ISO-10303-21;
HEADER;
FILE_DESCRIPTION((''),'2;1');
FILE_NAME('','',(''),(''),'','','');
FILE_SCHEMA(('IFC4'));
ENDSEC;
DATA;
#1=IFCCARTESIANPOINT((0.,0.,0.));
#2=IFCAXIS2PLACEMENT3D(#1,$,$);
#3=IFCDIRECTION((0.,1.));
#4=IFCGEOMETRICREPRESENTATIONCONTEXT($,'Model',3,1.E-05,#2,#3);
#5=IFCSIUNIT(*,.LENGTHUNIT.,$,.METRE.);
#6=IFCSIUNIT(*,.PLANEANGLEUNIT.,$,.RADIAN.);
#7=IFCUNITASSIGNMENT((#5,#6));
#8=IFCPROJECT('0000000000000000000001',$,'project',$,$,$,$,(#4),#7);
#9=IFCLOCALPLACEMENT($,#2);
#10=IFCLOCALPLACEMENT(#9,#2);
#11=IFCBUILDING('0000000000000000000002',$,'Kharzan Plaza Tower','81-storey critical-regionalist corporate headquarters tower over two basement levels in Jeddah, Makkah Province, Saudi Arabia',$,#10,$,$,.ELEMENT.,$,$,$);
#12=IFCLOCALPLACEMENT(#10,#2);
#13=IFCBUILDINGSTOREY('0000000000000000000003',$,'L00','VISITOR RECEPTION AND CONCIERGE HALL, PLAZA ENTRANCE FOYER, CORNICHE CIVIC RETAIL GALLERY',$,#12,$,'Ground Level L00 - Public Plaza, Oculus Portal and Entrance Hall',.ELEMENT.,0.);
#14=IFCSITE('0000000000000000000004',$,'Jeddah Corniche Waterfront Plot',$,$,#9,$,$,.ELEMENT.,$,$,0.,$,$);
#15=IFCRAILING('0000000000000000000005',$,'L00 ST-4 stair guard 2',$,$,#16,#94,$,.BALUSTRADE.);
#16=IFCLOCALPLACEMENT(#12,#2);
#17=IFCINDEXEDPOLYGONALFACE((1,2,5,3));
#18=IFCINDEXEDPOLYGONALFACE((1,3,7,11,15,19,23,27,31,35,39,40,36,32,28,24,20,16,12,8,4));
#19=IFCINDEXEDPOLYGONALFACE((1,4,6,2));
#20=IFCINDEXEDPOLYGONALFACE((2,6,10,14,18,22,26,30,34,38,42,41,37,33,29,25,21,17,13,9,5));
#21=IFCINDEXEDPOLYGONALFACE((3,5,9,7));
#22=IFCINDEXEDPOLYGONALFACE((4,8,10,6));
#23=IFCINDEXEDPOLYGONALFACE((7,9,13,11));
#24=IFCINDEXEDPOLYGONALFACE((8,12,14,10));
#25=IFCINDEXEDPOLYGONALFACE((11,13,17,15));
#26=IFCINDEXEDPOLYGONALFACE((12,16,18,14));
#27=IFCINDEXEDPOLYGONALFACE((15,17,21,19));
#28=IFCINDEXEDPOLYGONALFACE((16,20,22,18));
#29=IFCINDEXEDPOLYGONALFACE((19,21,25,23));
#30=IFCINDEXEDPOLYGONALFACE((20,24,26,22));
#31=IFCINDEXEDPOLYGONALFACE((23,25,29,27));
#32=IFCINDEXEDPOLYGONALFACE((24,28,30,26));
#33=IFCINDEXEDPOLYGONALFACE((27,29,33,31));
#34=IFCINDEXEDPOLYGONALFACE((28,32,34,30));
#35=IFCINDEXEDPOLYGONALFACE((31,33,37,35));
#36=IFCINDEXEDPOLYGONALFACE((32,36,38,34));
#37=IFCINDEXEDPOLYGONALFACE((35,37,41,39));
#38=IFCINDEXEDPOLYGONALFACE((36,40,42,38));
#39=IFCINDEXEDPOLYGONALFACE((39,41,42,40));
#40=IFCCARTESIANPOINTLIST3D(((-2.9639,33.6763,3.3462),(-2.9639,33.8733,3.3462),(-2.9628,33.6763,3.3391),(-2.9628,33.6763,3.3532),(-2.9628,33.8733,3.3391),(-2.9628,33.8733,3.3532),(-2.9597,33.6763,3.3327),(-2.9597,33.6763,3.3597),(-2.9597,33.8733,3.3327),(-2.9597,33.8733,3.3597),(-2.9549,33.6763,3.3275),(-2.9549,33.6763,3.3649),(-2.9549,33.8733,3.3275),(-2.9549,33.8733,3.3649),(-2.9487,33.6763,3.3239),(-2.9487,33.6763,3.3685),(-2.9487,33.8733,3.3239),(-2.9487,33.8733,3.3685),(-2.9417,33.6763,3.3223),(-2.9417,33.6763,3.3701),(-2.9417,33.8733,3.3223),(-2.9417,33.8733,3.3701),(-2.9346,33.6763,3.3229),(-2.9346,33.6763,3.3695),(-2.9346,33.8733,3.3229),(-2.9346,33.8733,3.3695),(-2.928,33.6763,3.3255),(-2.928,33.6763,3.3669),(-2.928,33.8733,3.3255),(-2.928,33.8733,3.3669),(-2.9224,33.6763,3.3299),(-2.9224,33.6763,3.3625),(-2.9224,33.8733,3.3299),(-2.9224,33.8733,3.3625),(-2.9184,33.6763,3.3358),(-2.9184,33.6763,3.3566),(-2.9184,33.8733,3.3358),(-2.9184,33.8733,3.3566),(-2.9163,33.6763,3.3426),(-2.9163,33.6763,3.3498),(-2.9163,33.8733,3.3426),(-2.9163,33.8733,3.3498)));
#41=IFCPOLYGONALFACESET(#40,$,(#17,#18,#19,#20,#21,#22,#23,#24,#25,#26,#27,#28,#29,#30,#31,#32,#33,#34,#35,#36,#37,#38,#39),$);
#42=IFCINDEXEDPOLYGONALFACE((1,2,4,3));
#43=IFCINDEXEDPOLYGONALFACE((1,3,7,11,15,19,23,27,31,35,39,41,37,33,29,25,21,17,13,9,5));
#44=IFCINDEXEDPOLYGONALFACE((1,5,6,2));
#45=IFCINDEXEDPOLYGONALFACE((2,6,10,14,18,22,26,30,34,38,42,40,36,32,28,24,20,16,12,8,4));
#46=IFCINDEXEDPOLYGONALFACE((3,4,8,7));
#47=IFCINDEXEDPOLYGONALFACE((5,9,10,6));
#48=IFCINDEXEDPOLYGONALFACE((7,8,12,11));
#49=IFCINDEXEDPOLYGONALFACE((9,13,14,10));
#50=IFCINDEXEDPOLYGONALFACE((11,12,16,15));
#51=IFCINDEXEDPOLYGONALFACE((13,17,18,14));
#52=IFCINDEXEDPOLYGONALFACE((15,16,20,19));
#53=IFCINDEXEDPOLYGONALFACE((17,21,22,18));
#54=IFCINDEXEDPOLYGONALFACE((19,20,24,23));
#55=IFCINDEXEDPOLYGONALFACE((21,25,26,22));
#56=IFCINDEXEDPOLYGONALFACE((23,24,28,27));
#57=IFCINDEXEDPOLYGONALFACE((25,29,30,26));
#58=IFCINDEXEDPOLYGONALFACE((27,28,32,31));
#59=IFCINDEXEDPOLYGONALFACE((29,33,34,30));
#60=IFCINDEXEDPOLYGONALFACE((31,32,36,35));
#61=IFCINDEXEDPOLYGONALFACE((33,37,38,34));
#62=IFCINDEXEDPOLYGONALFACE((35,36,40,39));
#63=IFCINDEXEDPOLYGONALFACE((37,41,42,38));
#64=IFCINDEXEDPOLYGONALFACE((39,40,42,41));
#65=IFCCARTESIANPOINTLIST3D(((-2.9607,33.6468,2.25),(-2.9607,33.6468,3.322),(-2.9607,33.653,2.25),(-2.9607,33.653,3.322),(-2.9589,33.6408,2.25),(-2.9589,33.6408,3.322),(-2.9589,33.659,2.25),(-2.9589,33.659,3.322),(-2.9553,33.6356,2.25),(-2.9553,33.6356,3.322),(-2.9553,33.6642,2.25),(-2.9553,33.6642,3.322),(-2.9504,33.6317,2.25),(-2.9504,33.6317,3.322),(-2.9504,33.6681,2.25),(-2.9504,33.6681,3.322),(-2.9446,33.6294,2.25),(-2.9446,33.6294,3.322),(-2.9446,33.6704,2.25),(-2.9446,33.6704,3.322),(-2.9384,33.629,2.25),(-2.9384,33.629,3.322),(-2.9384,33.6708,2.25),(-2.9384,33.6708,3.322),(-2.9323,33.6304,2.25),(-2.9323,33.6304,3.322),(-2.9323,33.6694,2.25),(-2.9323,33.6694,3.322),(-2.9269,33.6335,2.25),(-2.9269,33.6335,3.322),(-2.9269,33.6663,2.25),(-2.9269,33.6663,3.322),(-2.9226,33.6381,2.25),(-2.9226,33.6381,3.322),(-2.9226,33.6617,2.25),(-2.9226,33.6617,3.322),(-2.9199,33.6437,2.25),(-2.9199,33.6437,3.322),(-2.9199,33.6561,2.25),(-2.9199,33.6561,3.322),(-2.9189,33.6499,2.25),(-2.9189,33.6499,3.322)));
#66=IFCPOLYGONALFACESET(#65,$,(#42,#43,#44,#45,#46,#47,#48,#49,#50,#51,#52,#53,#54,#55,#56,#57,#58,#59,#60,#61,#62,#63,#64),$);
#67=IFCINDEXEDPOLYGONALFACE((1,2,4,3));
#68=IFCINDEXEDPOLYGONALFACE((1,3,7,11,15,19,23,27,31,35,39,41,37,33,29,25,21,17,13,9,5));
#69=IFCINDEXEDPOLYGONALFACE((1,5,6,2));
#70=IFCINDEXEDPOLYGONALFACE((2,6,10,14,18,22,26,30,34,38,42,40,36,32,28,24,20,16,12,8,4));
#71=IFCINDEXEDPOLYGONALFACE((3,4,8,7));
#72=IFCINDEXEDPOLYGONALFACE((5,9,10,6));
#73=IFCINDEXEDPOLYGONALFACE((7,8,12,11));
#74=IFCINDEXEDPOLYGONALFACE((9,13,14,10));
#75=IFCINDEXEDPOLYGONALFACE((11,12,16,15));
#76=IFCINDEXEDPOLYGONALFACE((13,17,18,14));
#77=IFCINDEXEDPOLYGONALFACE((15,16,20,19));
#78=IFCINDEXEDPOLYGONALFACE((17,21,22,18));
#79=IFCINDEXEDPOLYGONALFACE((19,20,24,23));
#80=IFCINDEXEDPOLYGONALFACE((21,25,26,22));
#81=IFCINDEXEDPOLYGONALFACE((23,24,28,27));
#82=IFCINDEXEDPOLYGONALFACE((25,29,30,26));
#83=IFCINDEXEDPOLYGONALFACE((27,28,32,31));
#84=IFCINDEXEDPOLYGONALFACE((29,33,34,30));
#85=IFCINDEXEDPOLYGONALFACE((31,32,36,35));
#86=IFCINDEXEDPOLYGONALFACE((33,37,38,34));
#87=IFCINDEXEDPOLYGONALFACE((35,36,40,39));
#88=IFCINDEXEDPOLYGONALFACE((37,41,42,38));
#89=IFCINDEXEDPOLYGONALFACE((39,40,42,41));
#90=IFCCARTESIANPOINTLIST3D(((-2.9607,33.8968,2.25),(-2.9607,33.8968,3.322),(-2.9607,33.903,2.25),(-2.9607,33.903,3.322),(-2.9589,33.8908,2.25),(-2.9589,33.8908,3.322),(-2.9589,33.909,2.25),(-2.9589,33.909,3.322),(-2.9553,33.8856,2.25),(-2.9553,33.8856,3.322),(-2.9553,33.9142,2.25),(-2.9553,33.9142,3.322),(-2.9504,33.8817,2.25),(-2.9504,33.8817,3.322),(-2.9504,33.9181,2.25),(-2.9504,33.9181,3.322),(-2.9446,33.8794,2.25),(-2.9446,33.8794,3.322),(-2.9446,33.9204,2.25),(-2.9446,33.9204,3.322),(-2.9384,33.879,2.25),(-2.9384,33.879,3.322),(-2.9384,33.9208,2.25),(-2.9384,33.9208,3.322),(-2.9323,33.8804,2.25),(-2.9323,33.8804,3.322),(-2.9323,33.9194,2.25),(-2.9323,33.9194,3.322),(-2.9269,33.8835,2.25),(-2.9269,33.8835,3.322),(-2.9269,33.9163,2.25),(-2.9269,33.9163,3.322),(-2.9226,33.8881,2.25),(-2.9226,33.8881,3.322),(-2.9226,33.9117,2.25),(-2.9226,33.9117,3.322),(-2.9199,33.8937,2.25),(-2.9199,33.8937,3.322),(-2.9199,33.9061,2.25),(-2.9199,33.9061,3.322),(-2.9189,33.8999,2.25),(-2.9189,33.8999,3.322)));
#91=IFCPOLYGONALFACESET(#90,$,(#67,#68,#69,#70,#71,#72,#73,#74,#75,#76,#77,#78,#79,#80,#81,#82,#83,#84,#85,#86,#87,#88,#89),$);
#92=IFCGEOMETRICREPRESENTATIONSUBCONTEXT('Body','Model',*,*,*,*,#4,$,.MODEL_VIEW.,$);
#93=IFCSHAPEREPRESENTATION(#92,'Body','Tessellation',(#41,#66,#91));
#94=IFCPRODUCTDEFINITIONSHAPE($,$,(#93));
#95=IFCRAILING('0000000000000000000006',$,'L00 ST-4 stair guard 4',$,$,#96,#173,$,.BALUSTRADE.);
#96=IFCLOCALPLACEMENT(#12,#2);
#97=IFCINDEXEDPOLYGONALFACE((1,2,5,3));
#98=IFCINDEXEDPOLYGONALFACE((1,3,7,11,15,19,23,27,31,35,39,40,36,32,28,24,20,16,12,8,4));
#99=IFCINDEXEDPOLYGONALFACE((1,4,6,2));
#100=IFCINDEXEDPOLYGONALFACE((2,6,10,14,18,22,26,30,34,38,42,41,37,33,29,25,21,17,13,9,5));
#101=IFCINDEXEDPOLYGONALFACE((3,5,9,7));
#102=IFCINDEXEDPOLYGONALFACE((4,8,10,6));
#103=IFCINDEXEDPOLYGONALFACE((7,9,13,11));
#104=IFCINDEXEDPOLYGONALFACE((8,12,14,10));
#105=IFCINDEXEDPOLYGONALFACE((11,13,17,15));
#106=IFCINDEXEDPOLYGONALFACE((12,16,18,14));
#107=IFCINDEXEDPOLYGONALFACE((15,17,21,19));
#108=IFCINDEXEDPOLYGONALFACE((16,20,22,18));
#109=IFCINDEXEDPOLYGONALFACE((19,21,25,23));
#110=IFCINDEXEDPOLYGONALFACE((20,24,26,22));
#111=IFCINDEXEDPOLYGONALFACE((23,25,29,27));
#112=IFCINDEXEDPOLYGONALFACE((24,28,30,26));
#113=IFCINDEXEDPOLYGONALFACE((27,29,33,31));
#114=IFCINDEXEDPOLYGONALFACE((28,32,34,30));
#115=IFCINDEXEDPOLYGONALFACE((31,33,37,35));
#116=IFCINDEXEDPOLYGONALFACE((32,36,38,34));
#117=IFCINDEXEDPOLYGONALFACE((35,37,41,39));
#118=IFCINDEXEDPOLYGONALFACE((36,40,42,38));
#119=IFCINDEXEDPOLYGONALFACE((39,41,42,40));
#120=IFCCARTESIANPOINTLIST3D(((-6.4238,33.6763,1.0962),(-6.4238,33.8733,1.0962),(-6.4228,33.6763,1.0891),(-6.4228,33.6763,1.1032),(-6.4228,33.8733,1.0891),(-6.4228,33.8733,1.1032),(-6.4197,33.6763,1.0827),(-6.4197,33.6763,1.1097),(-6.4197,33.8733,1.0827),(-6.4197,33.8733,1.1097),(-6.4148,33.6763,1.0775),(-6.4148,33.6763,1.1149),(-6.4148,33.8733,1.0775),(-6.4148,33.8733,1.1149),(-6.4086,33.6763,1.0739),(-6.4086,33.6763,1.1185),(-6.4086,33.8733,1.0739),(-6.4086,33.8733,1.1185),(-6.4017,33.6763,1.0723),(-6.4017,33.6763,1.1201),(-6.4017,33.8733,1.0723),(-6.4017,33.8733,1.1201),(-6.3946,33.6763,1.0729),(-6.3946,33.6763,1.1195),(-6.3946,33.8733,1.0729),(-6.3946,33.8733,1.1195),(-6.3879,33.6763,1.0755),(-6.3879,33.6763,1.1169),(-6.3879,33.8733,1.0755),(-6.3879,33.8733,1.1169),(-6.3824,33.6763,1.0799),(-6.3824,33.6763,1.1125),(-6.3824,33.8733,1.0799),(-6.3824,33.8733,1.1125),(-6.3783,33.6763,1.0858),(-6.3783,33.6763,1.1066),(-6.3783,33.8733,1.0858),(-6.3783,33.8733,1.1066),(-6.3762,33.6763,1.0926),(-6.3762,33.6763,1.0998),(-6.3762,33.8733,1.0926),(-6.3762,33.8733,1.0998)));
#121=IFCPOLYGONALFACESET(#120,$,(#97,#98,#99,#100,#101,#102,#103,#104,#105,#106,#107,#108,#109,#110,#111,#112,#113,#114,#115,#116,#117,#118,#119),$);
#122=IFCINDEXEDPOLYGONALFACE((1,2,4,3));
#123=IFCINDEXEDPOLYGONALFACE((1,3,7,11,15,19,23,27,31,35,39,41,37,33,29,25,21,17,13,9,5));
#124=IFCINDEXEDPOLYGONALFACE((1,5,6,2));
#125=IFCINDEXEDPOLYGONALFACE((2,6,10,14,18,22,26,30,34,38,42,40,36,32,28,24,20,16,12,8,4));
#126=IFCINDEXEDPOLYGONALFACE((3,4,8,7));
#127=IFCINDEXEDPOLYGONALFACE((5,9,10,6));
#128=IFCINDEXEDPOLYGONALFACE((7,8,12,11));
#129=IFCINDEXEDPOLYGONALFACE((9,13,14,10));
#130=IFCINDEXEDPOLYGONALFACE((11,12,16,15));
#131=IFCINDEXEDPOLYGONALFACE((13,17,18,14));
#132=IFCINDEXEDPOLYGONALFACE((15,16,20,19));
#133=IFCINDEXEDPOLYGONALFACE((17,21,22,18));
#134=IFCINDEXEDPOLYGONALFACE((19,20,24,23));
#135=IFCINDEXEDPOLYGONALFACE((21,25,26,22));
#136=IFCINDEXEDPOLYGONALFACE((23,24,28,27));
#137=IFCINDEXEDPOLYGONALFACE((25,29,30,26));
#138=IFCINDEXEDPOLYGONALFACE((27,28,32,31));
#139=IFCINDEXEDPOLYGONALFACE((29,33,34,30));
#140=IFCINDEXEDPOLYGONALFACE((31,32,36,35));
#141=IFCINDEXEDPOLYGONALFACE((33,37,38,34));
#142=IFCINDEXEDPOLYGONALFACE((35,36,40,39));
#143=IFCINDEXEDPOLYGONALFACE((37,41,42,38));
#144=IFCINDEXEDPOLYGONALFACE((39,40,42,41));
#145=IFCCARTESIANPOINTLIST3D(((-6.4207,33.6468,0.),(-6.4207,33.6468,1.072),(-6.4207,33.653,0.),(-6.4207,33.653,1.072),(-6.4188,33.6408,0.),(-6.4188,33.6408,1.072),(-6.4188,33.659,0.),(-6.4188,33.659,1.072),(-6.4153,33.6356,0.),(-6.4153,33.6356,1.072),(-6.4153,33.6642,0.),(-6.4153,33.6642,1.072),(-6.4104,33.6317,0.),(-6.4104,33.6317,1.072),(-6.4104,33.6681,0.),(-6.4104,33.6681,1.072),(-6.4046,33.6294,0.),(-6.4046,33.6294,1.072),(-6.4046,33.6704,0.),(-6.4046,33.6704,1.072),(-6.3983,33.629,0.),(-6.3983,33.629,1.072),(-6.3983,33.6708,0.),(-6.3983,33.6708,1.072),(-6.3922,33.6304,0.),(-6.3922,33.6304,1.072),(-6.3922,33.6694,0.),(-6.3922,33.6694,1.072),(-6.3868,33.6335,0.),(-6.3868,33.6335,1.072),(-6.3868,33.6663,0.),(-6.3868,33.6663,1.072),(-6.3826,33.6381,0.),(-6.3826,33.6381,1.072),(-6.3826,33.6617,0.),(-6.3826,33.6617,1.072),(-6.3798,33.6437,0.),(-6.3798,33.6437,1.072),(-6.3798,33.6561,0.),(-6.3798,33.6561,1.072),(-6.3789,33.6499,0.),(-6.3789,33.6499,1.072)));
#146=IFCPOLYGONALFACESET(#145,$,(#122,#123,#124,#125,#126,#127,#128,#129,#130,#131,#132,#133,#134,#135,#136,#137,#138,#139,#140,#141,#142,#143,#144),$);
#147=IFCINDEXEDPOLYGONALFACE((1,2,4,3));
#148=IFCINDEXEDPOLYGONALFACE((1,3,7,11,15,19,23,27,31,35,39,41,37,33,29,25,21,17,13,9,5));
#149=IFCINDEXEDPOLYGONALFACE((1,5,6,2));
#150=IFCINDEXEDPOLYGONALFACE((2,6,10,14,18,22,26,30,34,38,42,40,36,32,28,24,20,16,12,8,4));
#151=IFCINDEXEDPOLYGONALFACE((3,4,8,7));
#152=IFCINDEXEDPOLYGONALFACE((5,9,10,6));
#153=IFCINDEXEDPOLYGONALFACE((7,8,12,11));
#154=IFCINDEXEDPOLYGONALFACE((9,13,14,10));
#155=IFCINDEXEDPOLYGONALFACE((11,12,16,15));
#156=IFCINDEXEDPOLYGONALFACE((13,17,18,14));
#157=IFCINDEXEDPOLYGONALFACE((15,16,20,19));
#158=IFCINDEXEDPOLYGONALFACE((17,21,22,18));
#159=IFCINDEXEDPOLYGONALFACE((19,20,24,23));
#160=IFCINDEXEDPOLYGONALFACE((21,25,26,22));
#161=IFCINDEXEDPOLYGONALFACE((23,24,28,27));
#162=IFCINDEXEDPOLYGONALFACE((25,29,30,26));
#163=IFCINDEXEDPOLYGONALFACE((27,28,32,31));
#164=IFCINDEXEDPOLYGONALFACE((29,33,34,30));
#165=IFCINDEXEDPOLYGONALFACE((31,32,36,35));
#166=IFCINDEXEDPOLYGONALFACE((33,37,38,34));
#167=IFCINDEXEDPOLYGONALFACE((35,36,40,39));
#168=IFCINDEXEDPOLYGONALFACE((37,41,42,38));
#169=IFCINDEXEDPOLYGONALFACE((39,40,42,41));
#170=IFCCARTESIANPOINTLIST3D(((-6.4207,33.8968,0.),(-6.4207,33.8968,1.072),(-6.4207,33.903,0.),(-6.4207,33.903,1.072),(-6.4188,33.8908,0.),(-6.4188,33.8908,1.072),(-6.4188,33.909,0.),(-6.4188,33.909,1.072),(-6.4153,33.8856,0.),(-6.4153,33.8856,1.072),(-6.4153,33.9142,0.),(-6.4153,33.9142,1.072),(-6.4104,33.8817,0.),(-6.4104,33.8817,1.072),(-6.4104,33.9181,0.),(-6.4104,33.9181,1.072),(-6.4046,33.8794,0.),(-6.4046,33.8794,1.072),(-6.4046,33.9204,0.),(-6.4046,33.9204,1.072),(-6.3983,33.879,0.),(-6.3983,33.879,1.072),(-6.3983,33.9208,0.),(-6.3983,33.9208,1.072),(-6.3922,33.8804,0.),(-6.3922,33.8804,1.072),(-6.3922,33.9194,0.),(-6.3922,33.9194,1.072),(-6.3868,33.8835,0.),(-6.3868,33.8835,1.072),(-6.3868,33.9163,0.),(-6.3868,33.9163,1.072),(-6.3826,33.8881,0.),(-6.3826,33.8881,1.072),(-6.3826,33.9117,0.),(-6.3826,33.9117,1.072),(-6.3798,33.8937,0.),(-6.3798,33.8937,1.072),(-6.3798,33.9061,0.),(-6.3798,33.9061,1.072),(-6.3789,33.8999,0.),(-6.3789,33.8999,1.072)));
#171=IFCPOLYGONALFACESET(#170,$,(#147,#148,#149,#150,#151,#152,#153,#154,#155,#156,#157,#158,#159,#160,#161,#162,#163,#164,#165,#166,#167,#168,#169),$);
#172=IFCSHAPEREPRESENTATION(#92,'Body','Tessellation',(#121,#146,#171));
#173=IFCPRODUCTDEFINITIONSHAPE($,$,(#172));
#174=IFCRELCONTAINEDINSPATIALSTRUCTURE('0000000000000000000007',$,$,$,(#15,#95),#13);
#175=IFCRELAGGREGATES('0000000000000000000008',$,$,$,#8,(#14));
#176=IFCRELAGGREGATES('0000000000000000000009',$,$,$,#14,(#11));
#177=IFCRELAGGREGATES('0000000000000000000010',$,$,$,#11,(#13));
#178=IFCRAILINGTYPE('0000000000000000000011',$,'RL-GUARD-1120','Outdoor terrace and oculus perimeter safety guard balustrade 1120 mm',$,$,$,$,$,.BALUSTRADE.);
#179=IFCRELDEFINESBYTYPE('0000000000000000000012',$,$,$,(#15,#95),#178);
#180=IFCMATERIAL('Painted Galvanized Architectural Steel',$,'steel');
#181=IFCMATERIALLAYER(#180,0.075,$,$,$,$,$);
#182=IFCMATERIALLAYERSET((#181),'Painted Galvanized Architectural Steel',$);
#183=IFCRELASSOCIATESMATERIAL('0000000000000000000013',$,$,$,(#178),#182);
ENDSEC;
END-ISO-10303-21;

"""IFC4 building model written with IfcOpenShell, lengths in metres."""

from ifc_helpers import new_model, si_unit, direction, frame, origin, origin_2d, place, context, subcontext, project, spatial, circle, extrude, source, transform, mapped, material, layer, layer_set, type_object, element, save


model = new_model("IFC4")

# Units and contexts
model_context = context("Model", 3, precision=1e-05, world=origin(), true_north=direction((0.0, 1.0)))
body_context = subcontext(model_context, "Body", "Model", "MODEL_VIEW")
ifc_project = project(units=[si_unit("LENGTHUNIT", "METRE"), si_unit("PLANEANGLEUNIT", "RADIAN")], contexts=[model_context])

# Site, building, storey
site_placement = place(None, origin())
site = spatial("IfcSite", under=ifc_project, at=site_placement, Name="Jeddah Corniche Waterfront Plot", CompositionType="ELEMENT", RefElevation=0.0)
building_placement = place(site_placement, origin())
building = spatial("IfcBuilding", under=site, at=building_placement, Name="Kharzan Plaza Tower", Description="81-storey critical-regionalist corporate headquarters tower over two basement levels in Jeddah, Makkah Province, Saudi Arabia", CompositionType="ELEMENT")
storey_placement = place(building_placement, origin())
storey = spatial("IfcBuildingStorey", under=building, at=storey_placement, Name="L00", Description="VISITOR RECEPTION AND CONCIERGE HALL, PLAZA ENTRANCE FOYER, CORNICHE CIVIC RETAIL GALLERY", LongName="Ground Level L00 - Public Plaza, Oculus Portal and Entrance Hall", CompositionType="ELEMENT", Elevation=0.0)

# Railings
ifc_material_1 = material(Name="Painted Galvanized Architectural Steel", Category="steel")
ifc_layer_1 = layer(ifc_material_1, 0.075)
ifc_layer_set_1 = layer_set([ifc_layer_1], Name="Painted Galvanized Architectural Steel")
railing_type_1 = type_object("IfcRailingType", Name="RL-GUARD-1120", Description="Outdoor terrace and oculus perimeter safety guard balustrade 1120 mm", PredefinedType="BALUSTRADE", material=ifc_layer_set_1)
shared_shape_1 = source(origin(), body_context, "Body", "SweptSolid", [
    extrude(circle(Radius=0.0239, at=origin_2d()), frame((0.0, 0.0264, 1.0962), z_axis=(0.0, 1.0, 0.0), x_axis=(-1.0, 0.0, 0.0)), (0.0, 0.0, 1.0), 0.197),
    extrude(circle(Radius=0.021, at=origin_2d()), origin(), (0.0, 0.0, 1.0), 1.072),
    extrude(circle(Radius=0.021, at=origin_2d()), frame((0.0, 0.25, 0.0)), (0.0, 0.0, 1.0), 1.072),
])
for number, where, name in (
    (1, (-2.9399, 33.6499, 2.25), "L00 ST-4 stair guard 2"),
    (2, (-6.3999, 33.6499, 0.0), "L00 ST-4 stair guard 4"),
):
    element("IfcRailing", number, at=place(storey_placement, frame(where)), inside=storey, type_object=railing_type_1, Name=name, PredefinedType="BALUSTRADE", context=body_context, shape_type="MappedRepresentation", body=[
        mapped(shared_shape_1, transform((0.0, 0.0, 0.0), x_axis=(1.0, 0.0, 0.0), y_axis=(0.0, 1.0, 0.0), z_axis=(0.0, 0.0, 1.0))),
    ])

save(model, "model.ifc")
